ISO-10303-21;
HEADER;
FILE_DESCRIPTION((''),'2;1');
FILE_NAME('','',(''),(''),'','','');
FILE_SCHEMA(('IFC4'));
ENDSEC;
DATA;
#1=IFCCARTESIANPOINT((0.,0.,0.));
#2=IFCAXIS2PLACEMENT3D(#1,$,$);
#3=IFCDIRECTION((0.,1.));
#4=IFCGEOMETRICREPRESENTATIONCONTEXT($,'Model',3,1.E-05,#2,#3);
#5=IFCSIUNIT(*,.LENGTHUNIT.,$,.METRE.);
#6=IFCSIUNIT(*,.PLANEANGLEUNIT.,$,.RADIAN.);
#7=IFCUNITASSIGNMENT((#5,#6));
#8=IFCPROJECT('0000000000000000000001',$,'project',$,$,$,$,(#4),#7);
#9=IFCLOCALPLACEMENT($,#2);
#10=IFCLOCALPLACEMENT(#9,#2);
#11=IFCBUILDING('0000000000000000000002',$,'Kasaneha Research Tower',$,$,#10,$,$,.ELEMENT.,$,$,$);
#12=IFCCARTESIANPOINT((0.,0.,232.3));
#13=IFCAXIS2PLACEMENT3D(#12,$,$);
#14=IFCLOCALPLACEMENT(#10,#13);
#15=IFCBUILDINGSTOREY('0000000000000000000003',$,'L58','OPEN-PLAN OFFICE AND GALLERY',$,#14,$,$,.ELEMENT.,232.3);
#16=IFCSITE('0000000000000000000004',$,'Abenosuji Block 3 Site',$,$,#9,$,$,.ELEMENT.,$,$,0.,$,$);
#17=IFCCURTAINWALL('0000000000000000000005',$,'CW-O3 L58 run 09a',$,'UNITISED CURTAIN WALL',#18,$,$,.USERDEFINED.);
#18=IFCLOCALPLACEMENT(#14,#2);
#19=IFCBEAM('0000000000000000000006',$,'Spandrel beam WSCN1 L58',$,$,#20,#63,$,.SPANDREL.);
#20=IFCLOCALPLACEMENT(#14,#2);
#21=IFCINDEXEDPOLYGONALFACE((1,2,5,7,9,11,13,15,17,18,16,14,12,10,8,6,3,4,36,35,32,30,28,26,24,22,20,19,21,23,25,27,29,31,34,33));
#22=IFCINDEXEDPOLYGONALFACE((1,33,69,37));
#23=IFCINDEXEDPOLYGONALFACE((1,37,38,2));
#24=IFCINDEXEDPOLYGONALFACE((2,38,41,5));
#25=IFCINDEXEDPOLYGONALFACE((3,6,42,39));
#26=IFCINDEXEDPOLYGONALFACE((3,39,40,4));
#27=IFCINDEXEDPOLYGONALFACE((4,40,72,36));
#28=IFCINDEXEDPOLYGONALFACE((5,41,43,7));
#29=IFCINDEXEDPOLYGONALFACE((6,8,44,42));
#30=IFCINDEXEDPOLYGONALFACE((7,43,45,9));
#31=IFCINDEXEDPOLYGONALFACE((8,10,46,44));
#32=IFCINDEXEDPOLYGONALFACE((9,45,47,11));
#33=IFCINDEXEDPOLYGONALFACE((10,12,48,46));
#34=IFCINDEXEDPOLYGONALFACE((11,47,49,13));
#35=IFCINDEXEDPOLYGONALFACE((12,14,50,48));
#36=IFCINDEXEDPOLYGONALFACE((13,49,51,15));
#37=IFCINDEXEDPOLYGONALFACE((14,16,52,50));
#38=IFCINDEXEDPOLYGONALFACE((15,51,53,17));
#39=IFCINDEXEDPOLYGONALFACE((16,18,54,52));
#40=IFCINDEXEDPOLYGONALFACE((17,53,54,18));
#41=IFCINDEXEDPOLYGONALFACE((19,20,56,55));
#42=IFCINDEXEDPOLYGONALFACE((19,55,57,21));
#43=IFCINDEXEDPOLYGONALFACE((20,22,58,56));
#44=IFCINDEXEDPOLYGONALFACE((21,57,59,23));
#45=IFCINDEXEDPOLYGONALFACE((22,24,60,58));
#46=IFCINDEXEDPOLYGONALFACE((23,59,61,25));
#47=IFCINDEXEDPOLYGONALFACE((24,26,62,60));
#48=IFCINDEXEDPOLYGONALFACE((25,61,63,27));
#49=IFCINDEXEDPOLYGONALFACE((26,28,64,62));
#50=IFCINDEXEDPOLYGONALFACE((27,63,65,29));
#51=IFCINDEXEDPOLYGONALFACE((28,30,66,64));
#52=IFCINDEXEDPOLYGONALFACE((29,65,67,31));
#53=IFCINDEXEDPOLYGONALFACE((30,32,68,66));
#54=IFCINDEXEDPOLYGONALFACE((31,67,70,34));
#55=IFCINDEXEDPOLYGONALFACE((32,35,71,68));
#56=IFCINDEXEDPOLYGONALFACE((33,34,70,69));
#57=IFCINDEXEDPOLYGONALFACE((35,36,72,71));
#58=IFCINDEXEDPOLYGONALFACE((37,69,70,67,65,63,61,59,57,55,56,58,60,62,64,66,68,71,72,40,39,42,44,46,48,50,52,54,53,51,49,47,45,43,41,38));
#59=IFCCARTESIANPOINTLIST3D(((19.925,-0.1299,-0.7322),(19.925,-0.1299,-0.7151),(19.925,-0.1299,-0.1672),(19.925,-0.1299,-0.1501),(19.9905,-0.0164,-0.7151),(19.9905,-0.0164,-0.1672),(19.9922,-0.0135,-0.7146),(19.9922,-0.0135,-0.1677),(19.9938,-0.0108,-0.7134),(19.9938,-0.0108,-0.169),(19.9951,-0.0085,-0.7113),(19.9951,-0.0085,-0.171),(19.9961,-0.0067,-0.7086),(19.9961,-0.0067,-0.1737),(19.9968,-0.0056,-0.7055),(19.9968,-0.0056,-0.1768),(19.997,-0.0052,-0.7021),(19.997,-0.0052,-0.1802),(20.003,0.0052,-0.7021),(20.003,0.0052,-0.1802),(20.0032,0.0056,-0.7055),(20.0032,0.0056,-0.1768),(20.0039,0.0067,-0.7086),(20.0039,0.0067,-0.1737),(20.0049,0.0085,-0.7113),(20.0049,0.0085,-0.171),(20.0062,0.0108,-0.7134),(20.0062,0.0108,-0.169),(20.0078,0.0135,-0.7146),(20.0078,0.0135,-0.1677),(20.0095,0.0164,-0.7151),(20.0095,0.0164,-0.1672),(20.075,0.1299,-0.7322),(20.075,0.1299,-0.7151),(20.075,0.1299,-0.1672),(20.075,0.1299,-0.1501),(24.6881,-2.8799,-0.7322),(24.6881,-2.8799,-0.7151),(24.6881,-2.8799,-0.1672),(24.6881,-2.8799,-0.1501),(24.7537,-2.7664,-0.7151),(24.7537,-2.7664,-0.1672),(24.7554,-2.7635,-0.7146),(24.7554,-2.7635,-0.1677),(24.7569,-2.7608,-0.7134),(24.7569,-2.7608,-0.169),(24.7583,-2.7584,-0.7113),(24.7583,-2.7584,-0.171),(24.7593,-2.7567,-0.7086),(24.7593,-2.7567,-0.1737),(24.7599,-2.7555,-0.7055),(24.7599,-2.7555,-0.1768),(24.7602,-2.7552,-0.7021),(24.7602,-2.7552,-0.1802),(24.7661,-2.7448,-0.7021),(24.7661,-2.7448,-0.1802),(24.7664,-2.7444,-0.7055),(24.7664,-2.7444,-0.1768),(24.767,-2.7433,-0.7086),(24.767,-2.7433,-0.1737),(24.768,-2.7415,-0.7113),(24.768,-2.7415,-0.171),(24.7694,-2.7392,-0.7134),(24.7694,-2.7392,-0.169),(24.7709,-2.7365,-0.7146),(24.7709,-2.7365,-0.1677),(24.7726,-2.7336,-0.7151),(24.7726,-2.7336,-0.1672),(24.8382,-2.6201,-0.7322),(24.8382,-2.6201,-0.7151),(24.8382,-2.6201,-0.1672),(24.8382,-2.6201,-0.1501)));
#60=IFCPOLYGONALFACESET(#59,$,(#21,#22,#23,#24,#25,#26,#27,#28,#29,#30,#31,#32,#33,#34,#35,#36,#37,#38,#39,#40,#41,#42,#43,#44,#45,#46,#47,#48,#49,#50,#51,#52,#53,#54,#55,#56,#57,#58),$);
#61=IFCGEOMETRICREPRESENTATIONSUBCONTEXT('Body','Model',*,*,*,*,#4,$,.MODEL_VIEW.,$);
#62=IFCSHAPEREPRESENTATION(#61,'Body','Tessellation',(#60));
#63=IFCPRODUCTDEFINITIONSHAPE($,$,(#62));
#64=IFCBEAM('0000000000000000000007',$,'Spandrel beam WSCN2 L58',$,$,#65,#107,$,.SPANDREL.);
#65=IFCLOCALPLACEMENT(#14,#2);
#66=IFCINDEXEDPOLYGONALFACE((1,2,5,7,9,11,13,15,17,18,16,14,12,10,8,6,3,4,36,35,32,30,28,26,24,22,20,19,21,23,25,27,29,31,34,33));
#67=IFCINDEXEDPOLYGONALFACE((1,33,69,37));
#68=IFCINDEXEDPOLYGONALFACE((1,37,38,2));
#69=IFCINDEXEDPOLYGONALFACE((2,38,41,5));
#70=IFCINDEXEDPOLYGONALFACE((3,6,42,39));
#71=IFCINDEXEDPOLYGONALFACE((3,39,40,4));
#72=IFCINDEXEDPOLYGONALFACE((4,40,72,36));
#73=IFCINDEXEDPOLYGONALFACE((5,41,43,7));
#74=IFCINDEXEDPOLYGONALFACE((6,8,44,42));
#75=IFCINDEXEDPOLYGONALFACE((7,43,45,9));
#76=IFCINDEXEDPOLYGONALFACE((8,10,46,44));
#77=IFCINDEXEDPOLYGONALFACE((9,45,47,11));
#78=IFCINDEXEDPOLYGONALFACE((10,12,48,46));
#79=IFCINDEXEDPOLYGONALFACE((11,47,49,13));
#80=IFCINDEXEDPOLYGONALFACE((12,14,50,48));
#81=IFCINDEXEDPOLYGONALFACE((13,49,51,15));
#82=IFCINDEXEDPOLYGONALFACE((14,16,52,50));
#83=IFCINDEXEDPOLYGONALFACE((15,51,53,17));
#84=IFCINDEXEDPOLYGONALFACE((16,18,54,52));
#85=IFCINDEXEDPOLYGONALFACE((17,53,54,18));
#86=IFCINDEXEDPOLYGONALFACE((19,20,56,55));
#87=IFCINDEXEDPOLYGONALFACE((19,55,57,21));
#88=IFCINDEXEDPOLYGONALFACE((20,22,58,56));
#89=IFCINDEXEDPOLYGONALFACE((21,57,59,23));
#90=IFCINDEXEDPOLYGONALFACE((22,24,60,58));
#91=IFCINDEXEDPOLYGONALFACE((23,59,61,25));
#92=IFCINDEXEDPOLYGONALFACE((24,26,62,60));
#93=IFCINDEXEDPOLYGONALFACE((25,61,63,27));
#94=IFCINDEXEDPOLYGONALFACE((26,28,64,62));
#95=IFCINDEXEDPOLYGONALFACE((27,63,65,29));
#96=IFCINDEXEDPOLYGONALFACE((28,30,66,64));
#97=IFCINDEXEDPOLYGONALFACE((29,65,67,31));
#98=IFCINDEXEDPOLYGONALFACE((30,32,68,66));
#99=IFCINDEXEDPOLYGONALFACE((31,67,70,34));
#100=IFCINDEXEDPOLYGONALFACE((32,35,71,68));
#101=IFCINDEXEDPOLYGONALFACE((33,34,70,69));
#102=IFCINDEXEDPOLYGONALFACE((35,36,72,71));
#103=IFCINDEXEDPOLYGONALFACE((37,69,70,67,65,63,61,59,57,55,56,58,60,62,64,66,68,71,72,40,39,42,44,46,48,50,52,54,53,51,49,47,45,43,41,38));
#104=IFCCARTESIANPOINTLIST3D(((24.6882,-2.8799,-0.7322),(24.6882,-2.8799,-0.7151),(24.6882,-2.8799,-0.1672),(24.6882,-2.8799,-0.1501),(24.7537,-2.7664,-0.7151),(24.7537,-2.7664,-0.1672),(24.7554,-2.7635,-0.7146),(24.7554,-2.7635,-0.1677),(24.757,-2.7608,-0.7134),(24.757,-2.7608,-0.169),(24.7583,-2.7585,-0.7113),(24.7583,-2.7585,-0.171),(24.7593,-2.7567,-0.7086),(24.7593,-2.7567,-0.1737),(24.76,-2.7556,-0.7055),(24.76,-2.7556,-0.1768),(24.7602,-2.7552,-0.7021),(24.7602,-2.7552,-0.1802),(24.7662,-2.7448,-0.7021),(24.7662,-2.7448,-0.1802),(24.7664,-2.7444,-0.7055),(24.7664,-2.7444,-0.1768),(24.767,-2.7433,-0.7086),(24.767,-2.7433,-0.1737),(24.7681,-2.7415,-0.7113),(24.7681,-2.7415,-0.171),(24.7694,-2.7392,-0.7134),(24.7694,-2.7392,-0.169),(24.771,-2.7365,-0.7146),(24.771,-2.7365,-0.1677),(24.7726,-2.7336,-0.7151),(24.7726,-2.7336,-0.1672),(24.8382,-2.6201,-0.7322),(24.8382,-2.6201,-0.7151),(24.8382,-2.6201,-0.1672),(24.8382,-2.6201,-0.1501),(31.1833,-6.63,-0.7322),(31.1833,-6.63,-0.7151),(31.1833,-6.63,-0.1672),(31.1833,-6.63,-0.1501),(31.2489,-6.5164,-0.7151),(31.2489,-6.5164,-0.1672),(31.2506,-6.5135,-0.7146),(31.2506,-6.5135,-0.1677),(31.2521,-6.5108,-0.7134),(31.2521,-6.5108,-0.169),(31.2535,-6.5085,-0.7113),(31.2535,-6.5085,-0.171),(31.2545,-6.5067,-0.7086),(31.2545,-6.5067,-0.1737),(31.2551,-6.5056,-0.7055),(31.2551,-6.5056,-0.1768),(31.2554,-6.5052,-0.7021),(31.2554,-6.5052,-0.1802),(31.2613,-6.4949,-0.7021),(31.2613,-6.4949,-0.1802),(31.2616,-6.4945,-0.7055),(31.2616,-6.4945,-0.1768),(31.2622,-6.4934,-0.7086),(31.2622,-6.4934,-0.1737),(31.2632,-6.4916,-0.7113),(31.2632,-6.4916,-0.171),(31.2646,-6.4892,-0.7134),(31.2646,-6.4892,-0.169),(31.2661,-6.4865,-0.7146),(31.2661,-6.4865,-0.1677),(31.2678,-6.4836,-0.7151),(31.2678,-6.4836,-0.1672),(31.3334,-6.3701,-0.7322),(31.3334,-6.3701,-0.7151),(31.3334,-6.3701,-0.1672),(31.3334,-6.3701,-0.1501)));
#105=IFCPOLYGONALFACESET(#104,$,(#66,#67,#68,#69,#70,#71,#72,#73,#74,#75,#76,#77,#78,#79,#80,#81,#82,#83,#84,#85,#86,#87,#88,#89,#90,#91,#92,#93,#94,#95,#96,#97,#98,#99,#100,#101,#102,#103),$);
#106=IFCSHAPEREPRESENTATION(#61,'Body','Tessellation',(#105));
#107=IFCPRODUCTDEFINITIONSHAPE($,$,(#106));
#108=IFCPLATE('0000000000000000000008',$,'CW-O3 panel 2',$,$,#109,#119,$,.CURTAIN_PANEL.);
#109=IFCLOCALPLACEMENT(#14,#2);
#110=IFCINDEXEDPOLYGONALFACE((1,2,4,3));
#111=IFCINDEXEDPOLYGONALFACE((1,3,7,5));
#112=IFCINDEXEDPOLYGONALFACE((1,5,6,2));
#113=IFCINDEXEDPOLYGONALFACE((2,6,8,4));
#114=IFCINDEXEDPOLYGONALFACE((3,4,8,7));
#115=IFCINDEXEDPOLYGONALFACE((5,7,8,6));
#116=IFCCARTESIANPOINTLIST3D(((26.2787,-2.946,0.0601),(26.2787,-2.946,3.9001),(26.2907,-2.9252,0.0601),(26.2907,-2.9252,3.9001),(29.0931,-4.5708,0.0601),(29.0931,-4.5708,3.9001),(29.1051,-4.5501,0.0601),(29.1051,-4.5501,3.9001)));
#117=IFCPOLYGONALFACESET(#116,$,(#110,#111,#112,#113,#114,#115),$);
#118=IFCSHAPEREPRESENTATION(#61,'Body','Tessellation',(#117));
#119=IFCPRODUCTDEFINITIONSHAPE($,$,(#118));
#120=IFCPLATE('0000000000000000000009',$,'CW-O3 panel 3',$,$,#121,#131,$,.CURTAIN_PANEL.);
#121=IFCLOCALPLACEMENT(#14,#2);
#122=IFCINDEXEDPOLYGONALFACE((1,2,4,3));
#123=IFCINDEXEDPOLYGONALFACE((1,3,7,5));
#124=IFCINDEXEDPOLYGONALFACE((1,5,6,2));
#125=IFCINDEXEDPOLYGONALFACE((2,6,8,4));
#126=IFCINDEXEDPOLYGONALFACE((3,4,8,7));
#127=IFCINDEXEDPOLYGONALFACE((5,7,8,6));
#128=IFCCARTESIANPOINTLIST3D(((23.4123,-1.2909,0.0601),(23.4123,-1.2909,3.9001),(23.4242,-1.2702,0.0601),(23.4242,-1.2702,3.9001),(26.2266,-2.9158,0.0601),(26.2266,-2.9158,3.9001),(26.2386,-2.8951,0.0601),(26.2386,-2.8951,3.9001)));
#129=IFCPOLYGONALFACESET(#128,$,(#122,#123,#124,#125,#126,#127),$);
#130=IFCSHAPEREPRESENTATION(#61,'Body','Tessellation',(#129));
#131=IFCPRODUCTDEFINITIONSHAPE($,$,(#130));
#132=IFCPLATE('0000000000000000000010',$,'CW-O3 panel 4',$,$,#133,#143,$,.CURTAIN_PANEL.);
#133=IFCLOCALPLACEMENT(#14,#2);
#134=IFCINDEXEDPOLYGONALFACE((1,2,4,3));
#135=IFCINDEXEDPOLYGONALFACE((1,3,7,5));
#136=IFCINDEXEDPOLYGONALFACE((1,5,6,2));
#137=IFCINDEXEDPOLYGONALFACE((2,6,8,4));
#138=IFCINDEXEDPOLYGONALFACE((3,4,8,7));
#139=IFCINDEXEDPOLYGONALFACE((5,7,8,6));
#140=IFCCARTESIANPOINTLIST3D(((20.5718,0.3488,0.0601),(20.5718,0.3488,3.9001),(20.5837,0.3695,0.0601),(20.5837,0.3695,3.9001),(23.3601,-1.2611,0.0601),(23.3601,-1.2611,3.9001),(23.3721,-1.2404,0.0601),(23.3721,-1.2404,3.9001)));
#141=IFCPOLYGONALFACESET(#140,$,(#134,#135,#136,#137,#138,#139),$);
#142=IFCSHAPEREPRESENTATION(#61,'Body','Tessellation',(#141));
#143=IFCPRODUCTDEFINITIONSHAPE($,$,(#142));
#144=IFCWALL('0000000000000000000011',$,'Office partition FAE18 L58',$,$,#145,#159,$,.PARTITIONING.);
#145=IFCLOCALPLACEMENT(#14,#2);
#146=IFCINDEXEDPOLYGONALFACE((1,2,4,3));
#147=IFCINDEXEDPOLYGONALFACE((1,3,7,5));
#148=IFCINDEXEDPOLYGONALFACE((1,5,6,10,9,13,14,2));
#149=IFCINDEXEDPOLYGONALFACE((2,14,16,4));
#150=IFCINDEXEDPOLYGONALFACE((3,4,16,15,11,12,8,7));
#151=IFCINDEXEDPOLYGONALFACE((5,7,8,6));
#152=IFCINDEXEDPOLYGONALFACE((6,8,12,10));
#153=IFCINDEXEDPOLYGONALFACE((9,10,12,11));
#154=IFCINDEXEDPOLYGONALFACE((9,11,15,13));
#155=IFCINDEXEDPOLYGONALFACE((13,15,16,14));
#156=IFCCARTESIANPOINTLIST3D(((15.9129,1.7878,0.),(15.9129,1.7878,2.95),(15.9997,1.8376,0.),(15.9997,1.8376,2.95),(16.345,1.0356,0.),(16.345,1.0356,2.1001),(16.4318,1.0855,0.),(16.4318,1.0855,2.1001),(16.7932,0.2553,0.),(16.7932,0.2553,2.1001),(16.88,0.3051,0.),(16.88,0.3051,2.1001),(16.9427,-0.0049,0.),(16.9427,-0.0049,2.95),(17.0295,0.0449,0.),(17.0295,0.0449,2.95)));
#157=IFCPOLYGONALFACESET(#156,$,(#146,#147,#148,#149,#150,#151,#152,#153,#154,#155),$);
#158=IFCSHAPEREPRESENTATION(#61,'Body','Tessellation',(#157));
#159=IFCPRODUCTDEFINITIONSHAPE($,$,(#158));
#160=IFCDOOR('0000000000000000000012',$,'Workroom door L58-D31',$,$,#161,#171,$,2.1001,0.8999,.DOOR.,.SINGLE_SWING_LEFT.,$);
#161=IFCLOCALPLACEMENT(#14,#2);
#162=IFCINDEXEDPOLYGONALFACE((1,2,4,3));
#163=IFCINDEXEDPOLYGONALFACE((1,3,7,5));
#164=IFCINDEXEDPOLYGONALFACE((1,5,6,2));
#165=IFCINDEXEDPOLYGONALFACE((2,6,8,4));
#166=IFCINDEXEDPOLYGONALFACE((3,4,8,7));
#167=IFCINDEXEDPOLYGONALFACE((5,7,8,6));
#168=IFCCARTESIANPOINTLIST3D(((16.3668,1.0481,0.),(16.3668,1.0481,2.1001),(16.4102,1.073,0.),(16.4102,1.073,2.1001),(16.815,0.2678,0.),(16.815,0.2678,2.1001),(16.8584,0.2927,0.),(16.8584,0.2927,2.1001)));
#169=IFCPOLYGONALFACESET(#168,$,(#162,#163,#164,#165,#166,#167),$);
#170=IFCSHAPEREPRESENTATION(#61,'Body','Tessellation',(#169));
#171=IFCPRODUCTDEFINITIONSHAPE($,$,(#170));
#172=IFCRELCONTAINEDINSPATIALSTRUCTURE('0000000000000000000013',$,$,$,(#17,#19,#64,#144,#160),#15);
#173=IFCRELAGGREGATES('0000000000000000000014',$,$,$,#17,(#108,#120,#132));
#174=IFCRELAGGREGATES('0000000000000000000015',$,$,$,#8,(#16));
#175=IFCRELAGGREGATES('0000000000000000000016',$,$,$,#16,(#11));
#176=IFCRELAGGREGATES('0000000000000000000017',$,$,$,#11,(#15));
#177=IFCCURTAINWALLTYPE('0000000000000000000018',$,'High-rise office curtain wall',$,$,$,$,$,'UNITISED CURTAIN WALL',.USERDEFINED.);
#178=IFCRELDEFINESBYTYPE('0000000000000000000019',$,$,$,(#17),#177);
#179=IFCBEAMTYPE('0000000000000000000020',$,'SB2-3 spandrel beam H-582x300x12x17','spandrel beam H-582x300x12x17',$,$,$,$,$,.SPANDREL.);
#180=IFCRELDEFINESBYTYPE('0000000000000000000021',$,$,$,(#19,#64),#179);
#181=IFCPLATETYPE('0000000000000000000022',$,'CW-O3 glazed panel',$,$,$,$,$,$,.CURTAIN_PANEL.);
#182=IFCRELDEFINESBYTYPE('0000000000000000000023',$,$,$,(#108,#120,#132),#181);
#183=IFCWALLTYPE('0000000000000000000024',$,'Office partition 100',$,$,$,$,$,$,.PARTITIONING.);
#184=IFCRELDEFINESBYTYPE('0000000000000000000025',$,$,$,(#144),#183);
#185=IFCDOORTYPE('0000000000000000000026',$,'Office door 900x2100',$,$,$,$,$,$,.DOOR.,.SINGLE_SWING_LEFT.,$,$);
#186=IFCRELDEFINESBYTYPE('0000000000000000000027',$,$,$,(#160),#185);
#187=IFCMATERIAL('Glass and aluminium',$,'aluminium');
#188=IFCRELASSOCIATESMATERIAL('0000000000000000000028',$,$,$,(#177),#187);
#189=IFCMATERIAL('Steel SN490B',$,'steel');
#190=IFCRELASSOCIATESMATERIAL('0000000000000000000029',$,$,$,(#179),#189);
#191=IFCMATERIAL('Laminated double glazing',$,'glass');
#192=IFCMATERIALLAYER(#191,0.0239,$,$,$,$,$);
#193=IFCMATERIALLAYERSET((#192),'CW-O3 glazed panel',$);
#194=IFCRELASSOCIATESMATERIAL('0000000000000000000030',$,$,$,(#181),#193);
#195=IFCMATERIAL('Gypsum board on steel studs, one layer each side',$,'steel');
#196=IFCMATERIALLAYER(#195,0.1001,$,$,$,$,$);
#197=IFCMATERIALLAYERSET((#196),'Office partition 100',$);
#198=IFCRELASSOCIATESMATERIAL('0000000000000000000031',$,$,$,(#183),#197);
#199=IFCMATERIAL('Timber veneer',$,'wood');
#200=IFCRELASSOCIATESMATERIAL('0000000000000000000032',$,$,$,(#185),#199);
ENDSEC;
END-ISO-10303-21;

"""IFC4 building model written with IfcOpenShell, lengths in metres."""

from ifc_helpers import new_model, si_unit, direction, frame, frame_2d, origin, origin_2d, place, context, subcontext, project, spatial, rectangle, i_section, extrude, material, layer, layer_set, material_profile, profile_set, type_object, element, fill, aggregate, save


model = new_model("IFC4")

# Units and contexts
model_context = context("Model", 3, precision=1e-05, world=origin(), true_north=direction((0.0, 1.0)))
body_context = subcontext(model_context, "Body", "Model", "MODEL_VIEW")
ifc_project = project(units=[si_unit("LENGTHUNIT", "METRE"), si_unit("PLANEANGLEUNIT", "RADIAN")], contexts=[model_context])

# Site, building, storey
site_placement = place(None, origin())
site = spatial("IfcSite", under=ifc_project, at=site_placement, Name="Abenosuji Block 3 Site", CompositionType="ELEMENT", RefElevation=0.0)
building_placement = place(site_placement, origin())
building = spatial("IfcBuilding", under=site, at=building_placement, Name="Kasaneha Research Tower", CompositionType="ELEMENT")
storey_placement = place(building_placement, frame((0.0, 0.0, 232.3)))
storey = spatial("IfcBuildingStorey", under=building, at=storey_placement, Name="L58", Description="OPEN-PLAN OFFICE AND GALLERY", CompositionType="ELEMENT", Elevation=232.3)

# Curtain wall
ifc_material_1 = material(Name="Glass and aluminium", Category="aluminium")
curtain_wall_type = type_object("IfcCurtainWallType", Name="High-rise office curtain wall", ElementType="UNITISED CURTAIN WALL", PredefinedType="USERDEFINED", material=ifc_material_1)
curtain_wall_placement = place(storey_placement, origin())
curtain_wall = element("IfcCurtainWall", 1, at=curtain_wall_placement, inside=storey, type_object=curtain_wall_type, Name="CW-O3 L58 run 09a", ObjectType="UNITISED CURTAIN WALL", PredefinedType="USERDEFINED")

# Beams
ifc_material_2 = material(Name="Steel SN490B", Category="steel")
ifc_material_profile_1 = material_profile(ifc_material_2, i_section(OverallWidth=0.3, OverallDepth=0.582, WebThickness=0.012, FlangeThickness=0.0171, FilletRadius=0.0129, at=origin_2d()), Name="H-582x300x12x17")
ifc_profile_set_1 = profile_set([ifc_material_profile_1], Name="Steel SN490B")
beam_type_1 = type_object("IfcBeamType", Name="SB2-3 spandrel beam H-582x300x12x17", Description="spandrel beam H-582x300x12x17", PredefinedType="SPANDREL", material=ifc_profile_set_1)
beam_1_placement = place(storey_placement, frame((20.0, 0.0, -0.4412), z_axis=(0.866027, -0.499997, 0.0), x_axis=(0.499997, 0.866027, 0.0)))
element("IfcBeam", 2, at=beam_1_placement, inside=storey, type_object=beam_type_1, Name="Spandrel beam WSCN1 L58", PredefinedType="SPANDREL", context=body_context, shape_type="SweptSolid", body=[
    extrude(i_section(OverallWidth=0.3, OverallDepth=0.582, WebThickness=0.012, FlangeThickness=0.0171, FilletRadius=0.0129, at=origin_2d()), origin(), (0.0, 0.0, 1.0), 5.5),
])
beam_2_placement = place(storey_placement, frame((24.7632, -2.75, -0.4412), z_axis=(0.866023, -0.500004, 0.0), x_axis=(0.500004, 0.866023, 0.0)))
element("IfcBeam", 3, at=beam_2_placement, inside=storey, type_object=beam_type_1, Name="Spandrel beam WSCN2 L58", PredefinedType="SPANDREL", context=body_context, shape_type="SweptSolid", body=[
    extrude(i_section(OverallWidth=0.3, OverallDepth=0.582, WebThickness=0.012, FlangeThickness=0.0171, FilletRadius=0.0129, at=origin_2d()), origin(), (0.0, 0.0, 1.0), 7.5),
])

# Plates
ifc_material_3 = material(Name="Laminated double glazing", Category="glass")
ifc_layer_1 = layer(ifc_material_3, 0.0239)
ifc_layer_set_1 = layer_set([ifc_layer_1], Name="CW-O3 glazed panel")
plate_type = type_object("IfcPlateType", Name="CW-O3 glazed panel", PredefinedType="CURTAIN_PANEL", material=ifc_layer_set_1)
plate_1_placement = place(storey_placement, frame((27.6919, -3.748, 0.0601), z_axis=(0.0, 0.0, 1.0), x_axis=(-0.866025, 0.5, 0.0)))
plate_1 = element("IfcPlate", 4, at=plate_1_placement, type_object=plate_type, Name="CW-O3 panel 2", PredefinedType="CURTAIN_PANEL", context=body_context, shape_type="SweptSolid", body=[
    extrude(rectangle(XDim=3.2498, YDim=0.0239, at=origin_2d()), origin(), (0.0, 0.0, 1.0), 3.8401),
])
plate_2_placement = place(storey_placement, frame((24.8254, -2.093, 0.0601), z_axis=(0.0, 0.0, 1.0), x_axis=(-0.866025, 0.5, 0.0)))
plate_2 = element("IfcPlate", 5, at=plate_2_placement, type_object=plate_type, Name="CW-O3 panel 3", PredefinedType="CURTAIN_PANEL", context=body_context, shape_type="SweptSolid", body=[
    extrude(rectangle(XDim=3.2498, YDim=0.0239, at=origin_2d()), origin(), (0.0, 0.0, 1.0), 3.8401),
])
plate_3_placement = place(storey_placement, frame((21.9719, -0.4458, 0.0601), z_axis=(0.0, 0.0, 1.0), x_axis=(-0.866025, 0.5, 0.0)))
plate_3 = element("IfcPlate", 6, at=plate_3_placement, type_object=plate_type, Name="CW-O3 panel 4", PredefinedType="CURTAIN_PANEL", context=body_context, shape_type="SweptSolid", body=[
    extrude(rectangle(XDim=3.2197, YDim=0.0239, at=origin_2d()), origin(), (0.0, 0.0, 1.0), 3.8401),
])
aggregate(curtain_wall, [plate_1, plate_2, plate_3])

# Wall, opening, door
ifc_material_4 = material(Name="Gypsum board on steel studs, one layer each side", Category="steel")
ifc_layer_2 = layer(ifc_material_4, 0.1001)
ifc_layer_set_2 = layer_set([ifc_layer_2], Name="Office partition 100")
wall_type_1 = type_object("IfcWallType", Name="Office partition 100", PredefinedType="PARTITIONING", material=ifc_layer_set_2)
wall_1_placement = place(storey_placement, frame((16.9861, 0.02, 0.0), z_axis=(0.0, 0.0, 1.0), x_axis=(-0.498096, 0.867122, 0.0)))
wall_1 = element("IfcWall", 7, at=wall_1_placement, inside=storey, type_object=wall_type_1, Name="Office partition FAE18 L58", PredefinedType="PARTITIONING", context=body_context, shape_type="SweptSolid", body=[
    extrude(rectangle(XDim=2.0674, YDim=0.1001, at=frame_2d((1.0337, 0.0))), origin(), (0.0, 0.0, 1.0), 2.95),
])
opening_1_placement = place(wall_1_placement, frame((0.3, 0.0, 0.0)))
opening_1 = element("IfcOpeningElement", 8, at=opening_1_placement, cuts=wall_1, PredefinedType="OPENING", context=body_context, shape_type="SweptSolid", body=[
    extrude(rectangle(XDim=0.8999, YDim=2.1001, at=frame_2d((0.45, 1.05))), frame((0.0, 0.0601, 0.0), z_axis=(0.0, -1.0, 0.0), x_axis=(1.0, 0.0, 0.0)), (0.0, 0.0, 1.0), 0.1201),
])
ifc_material_5 = material(Name="Timber veneer", Category="wood")
door_type_1 = type_object("IfcDoorType", Name="Office door 900x2100", OperationType="SINGLE_SWING_LEFT", PredefinedType="DOOR", material=ifc_material_5)
door_1_placement = place(opening_1_placement, origin())
door_1 = element("IfcDoor", 9, at=door_1_placement, inside=storey, type_object=door_type_1, Name="Workroom door L58-D31", OperationType="SINGLE_SWING_LEFT", OverallHeight=2.1001, OverallWidth=0.8999, PredefinedType="DOOR", context=body_context, shape_type="SweptSolid", body=[
    extrude(rectangle(XDim=0.8999, YDim=2.1001, at=frame_2d((0.45, 1.05))), frame((0.0, 0.0249, 0.0), z_axis=(0.0, -1.0, 0.0), x_axis=(1.0, 0.0, 0.0)), (0.0, 0.0, 1.0), 0.05),
])
fill(opening_1, door_1)

save(model, "model.ifc")
